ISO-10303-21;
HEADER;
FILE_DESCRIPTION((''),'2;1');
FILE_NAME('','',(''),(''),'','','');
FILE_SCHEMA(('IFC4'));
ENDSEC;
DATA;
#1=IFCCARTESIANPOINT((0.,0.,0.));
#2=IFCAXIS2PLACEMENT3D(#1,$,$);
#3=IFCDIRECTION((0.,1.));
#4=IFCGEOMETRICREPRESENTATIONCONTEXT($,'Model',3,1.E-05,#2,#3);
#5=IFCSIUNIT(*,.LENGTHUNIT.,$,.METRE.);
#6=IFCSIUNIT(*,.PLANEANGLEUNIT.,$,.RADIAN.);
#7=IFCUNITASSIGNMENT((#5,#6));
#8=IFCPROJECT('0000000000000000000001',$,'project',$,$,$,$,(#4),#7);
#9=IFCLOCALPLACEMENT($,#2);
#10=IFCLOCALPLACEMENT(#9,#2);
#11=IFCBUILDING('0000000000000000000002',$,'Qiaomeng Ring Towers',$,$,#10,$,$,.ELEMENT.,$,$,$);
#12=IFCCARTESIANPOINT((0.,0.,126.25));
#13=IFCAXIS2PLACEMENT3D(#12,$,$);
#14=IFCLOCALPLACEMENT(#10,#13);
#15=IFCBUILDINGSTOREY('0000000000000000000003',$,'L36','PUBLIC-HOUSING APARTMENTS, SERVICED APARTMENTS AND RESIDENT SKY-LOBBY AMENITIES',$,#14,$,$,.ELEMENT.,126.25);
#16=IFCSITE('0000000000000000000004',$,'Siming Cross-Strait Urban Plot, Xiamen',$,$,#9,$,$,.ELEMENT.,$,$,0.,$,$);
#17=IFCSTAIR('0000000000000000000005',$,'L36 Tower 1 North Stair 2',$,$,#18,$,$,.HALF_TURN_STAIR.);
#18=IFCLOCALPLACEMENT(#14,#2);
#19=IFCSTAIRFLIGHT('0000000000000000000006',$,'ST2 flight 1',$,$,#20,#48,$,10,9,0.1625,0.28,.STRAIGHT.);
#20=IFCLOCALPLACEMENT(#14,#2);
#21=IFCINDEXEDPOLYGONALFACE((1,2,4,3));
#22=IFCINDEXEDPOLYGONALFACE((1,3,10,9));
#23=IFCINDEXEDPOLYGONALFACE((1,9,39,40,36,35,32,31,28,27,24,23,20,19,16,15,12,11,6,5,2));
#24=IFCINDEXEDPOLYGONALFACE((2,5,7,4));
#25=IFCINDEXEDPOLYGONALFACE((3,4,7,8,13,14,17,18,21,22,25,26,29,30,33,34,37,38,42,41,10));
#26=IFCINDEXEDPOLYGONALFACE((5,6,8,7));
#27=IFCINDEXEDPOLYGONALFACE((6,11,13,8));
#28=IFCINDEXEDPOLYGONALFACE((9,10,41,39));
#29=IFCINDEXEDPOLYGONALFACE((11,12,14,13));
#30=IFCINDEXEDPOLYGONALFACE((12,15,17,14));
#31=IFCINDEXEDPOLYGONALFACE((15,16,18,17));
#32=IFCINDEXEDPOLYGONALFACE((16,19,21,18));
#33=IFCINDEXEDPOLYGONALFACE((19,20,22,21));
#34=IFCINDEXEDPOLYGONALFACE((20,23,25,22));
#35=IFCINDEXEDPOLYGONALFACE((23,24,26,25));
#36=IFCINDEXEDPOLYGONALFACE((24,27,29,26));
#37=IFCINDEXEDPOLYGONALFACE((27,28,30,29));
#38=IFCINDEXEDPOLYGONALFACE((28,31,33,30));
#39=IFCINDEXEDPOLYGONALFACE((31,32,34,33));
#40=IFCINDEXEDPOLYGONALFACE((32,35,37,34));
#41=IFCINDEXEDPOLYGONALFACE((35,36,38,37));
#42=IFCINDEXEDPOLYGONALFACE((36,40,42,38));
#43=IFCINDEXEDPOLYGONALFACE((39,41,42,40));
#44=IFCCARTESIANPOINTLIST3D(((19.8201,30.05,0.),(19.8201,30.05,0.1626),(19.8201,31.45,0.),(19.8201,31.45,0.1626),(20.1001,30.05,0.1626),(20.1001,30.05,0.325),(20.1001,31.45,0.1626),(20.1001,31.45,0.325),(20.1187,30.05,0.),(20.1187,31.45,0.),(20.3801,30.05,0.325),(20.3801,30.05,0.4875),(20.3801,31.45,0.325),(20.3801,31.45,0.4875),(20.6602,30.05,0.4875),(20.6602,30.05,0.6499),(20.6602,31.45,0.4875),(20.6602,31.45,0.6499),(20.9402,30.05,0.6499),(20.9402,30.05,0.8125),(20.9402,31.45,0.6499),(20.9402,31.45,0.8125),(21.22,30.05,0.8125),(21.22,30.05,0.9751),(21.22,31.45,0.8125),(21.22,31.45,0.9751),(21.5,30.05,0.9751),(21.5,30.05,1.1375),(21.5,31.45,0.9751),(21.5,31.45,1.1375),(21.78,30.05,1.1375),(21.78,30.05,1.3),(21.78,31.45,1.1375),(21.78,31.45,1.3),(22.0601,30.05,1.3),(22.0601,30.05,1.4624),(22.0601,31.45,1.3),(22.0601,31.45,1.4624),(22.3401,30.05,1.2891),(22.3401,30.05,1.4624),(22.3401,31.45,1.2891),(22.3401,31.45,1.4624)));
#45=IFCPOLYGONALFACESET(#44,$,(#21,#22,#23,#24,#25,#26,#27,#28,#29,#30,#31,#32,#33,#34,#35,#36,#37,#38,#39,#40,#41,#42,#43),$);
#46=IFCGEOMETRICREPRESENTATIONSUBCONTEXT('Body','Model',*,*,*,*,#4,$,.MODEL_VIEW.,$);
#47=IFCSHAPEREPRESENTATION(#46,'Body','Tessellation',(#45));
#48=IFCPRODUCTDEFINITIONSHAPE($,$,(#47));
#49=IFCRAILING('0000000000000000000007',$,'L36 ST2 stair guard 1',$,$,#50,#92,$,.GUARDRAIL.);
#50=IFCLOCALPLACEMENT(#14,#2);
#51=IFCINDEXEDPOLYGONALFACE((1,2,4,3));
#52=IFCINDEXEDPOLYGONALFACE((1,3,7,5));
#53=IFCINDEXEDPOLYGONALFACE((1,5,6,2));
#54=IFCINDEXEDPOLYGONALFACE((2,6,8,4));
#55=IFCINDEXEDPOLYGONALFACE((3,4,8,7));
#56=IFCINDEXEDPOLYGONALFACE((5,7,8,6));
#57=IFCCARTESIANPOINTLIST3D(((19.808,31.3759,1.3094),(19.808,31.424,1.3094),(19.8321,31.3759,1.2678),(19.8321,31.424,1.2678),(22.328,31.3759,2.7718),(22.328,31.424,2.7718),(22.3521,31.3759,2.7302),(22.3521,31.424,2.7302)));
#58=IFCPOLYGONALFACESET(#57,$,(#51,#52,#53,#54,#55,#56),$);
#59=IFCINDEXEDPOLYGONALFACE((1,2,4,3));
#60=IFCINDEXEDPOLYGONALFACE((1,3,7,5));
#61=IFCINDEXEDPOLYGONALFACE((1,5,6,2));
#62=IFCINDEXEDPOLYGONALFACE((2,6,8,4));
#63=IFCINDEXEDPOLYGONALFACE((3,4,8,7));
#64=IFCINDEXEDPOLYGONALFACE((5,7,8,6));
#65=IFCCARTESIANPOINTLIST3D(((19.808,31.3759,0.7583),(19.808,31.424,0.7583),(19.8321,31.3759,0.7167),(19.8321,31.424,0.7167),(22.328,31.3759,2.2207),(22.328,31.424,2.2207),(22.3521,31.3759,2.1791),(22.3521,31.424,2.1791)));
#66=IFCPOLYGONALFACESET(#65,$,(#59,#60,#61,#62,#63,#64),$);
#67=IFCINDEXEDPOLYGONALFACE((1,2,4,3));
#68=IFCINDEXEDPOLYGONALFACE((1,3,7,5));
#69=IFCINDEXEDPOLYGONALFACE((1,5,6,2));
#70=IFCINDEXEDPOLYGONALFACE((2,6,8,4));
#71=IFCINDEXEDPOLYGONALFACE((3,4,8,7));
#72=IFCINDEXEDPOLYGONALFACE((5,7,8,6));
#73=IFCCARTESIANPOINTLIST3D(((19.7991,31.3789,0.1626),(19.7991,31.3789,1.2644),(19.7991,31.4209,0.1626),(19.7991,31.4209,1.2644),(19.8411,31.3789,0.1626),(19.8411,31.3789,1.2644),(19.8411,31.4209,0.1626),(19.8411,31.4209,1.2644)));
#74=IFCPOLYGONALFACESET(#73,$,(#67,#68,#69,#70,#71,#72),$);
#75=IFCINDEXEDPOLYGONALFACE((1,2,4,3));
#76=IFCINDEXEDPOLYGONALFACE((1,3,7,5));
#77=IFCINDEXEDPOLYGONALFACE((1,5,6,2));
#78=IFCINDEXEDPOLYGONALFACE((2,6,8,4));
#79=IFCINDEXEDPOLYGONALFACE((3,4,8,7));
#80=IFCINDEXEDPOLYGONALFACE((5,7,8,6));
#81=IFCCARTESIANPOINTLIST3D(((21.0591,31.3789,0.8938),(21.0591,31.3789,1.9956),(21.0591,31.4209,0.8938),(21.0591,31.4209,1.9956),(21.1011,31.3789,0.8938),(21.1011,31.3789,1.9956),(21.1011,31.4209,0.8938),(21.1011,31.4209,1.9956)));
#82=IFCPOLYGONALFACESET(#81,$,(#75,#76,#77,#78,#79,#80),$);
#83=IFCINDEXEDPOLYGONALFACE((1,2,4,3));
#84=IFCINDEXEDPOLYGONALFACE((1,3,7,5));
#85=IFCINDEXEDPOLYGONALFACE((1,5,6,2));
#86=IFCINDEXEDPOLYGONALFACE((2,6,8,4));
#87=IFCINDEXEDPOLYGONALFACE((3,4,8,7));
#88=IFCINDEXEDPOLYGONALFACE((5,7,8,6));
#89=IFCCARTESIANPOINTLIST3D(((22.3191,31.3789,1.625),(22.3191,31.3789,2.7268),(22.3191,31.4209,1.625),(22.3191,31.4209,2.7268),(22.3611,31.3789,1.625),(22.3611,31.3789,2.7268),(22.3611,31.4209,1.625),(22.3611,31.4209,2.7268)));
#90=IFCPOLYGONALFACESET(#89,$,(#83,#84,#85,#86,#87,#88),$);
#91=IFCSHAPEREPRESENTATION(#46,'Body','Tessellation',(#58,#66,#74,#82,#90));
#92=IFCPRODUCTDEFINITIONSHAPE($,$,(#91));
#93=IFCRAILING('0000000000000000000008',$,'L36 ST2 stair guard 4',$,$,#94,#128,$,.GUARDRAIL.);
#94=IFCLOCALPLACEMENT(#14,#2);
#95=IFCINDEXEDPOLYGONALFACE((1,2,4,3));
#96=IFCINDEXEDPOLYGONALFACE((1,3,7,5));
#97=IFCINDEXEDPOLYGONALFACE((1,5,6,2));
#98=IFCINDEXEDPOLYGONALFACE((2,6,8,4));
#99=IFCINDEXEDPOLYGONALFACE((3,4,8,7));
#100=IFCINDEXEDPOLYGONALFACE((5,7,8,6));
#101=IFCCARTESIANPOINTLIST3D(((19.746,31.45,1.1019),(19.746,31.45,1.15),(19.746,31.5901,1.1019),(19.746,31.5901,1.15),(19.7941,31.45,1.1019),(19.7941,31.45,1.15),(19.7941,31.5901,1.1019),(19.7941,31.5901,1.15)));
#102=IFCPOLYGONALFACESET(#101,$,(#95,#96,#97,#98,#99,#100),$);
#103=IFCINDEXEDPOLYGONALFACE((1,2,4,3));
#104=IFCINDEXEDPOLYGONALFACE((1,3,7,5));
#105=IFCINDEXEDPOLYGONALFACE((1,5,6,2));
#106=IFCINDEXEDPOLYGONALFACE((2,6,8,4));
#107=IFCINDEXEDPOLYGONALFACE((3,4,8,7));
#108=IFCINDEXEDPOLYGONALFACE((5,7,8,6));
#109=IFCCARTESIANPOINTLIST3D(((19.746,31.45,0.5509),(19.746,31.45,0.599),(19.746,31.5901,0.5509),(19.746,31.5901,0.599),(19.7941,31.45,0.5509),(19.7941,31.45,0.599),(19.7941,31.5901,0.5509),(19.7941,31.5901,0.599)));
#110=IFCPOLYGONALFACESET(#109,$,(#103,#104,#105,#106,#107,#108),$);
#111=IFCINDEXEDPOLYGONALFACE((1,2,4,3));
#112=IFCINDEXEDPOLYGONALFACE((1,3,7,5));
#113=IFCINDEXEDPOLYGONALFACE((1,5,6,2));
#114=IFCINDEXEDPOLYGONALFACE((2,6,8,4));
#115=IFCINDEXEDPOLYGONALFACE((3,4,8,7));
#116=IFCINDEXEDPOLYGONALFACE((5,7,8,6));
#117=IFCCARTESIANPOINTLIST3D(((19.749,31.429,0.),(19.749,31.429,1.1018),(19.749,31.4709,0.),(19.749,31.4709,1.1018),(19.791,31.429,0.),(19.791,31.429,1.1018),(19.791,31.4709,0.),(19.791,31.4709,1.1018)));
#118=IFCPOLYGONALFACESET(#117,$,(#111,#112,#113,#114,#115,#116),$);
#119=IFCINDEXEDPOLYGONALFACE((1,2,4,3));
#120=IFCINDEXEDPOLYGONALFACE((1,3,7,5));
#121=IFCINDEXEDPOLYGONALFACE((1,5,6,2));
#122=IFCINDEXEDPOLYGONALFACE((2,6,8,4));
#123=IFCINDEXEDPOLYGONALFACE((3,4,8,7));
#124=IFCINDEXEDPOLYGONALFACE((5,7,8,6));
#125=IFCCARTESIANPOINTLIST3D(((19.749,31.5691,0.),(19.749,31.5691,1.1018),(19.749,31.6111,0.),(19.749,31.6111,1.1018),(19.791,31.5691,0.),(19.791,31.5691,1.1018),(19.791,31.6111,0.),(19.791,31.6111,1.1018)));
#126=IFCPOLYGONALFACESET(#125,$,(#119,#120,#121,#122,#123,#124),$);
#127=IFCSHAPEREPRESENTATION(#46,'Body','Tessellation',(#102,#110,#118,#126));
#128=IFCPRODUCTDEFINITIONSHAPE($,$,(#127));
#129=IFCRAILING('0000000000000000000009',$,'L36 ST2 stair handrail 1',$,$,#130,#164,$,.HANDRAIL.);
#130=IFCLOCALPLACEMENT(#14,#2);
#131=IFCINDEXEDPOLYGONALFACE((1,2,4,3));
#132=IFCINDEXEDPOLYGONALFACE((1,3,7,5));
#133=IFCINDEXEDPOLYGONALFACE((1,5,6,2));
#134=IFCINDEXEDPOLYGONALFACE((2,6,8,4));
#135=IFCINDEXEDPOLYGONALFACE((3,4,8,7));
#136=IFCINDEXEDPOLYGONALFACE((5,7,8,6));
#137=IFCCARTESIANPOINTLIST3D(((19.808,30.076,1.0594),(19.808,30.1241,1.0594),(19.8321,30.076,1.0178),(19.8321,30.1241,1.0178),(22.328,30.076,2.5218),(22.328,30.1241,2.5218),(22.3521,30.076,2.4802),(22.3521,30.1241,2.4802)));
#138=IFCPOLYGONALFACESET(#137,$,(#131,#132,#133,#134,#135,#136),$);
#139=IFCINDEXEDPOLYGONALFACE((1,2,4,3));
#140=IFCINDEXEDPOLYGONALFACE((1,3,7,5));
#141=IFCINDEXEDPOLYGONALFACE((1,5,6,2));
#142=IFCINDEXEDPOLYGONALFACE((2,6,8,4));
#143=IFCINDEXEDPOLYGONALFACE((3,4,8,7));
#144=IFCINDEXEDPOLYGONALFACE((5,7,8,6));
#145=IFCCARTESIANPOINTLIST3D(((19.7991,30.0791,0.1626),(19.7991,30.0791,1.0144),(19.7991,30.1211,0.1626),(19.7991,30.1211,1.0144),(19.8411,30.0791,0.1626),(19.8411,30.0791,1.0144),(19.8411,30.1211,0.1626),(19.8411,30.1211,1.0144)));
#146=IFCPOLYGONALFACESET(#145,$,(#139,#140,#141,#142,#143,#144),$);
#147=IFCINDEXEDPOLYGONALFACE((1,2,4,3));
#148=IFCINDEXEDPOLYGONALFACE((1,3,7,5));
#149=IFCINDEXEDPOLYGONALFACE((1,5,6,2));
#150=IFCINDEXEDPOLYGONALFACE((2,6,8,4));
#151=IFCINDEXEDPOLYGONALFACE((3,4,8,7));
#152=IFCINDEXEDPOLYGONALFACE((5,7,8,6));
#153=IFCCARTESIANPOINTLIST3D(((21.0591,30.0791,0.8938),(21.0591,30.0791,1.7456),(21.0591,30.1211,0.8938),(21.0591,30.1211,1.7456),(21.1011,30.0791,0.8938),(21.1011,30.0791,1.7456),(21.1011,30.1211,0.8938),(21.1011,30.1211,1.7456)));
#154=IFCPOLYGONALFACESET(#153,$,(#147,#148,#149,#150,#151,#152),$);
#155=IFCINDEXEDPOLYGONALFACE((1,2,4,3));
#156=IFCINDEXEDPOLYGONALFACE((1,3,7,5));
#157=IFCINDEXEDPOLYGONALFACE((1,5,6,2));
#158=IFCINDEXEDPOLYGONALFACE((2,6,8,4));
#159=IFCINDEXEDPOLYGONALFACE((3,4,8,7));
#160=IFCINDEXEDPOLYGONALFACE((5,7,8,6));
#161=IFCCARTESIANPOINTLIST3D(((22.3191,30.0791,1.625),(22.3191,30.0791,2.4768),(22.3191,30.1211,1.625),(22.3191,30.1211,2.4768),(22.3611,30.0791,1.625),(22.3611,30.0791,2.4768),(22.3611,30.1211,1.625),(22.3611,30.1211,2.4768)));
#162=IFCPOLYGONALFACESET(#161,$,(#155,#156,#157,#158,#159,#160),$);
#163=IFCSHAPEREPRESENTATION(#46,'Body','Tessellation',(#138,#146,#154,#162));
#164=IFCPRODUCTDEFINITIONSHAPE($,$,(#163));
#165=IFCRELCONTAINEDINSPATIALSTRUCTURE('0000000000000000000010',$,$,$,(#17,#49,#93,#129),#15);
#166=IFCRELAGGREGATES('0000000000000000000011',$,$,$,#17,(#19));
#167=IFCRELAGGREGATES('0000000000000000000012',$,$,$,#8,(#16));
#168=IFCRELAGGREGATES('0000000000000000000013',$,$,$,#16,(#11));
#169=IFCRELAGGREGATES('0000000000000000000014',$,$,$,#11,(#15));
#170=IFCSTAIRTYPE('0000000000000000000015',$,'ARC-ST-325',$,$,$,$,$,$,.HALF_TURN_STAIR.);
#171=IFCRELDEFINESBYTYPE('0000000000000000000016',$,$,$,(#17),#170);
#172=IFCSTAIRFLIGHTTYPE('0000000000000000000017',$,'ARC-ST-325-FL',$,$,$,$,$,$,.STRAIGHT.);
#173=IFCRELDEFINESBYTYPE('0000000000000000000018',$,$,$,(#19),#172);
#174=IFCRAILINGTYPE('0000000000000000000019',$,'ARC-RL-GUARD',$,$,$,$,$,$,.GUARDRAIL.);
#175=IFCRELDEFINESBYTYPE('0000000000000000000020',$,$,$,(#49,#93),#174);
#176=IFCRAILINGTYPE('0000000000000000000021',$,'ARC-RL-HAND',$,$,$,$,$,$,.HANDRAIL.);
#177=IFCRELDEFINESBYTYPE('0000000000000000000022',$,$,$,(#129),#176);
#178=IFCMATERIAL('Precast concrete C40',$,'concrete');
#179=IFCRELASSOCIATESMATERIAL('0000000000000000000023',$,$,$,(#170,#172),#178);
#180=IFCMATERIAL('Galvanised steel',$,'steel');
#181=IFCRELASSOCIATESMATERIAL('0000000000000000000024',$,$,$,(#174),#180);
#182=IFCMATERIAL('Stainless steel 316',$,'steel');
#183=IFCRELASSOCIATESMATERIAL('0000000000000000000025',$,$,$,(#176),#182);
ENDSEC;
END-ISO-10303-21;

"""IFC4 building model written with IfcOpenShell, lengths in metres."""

from ifc_helpers import new_model, si_unit, direction, frame, origin, origin_2d, place, context, subcontext, project, spatial, polyline, rectangle, outline, extrude, source, transform, mapped, material, type_object, element, aggregate, save


model = new_model("IFC4")

# Units and contexts
model_context = context("Model", 3, precision=1e-05, world=origin(), true_north=direction((0.0, 1.0)))
body_context = subcontext(model_context, "Body", "Model", "MODEL_VIEW")
ifc_project = project(units=[si_unit("LENGTHUNIT", "METRE"), si_unit("PLANEANGLEUNIT", "RADIAN")], contexts=[model_context])

# Site, building, storey
site_placement = place(None, origin())
site = spatial("IfcSite", under=ifc_project, at=site_placement, Name="Siming Cross-Strait Urban Plot, Xiamen", CompositionType="ELEMENT", RefElevation=0.0)
building_placement = place(site_placement, origin())
building = spatial("IfcBuilding", under=site, at=building_placement, Name="Qiaomeng Ring Towers", CompositionType="ELEMENT")
storey_placement = place(building_placement, frame((0.0, 0.0, 126.25)))
storey = spatial("IfcBuildingStorey", under=building, at=storey_placement, Name="L36", Description="PUBLIC-HOUSING APARTMENTS, SERVICED APARTMENTS AND RESIDENT SKY-LOBBY AMENITIES", CompositionType="ELEMENT", Elevation=126.25)

# Stair, stair flight
ifc_material_1 = material(Name="Precast concrete C40", Category="concrete")
stair_type = type_object("IfcStairType", Name="ARC-ST-325", PredefinedType="HALF_TURN_STAIR", material=ifc_material_1)
stair_placement = place(storey_placement, origin())
stair = element("IfcStair", 1, at=stair_placement, inside=storey, type_object=stair_type, Name="L36 Tower 1 North Stair 2", PredefinedType="HALF_TURN_STAIR")
stair_flight_type = type_object("IfcStairFlightType", Name="ARC-ST-325-FL", PredefinedType="STRAIGHT", material=ifc_material_1)
shared_shape_1 = source(origin(), body_context, "Body", "SweptSolid", [
    extrude(outline(polyline([(0.0, 0.0), (0.0, 0.1626), (0.28, 0.1626), (0.28, 0.325), (0.5601, 0.325), (0.5601, 0.4875), (0.8401, 0.4875), (0.8401, 0.6499), (1.1201, 0.6499), (1.1201, 0.8125), (1.3999, 0.8125), (1.3999, 0.9751), (1.6799, 0.9751), (1.6799, 1.1375), (1.96, 1.1375), (1.96, 1.3), (2.24, 1.3), (2.24, 1.4624), (2.52, 1.4624), (2.52, 1.625), (2.52, 1.2891), (0.2986, 0.0), (0.0, 0.0)])), frame((0.0, 0.7, 0.0), z_axis=(0.0, -1.0, 0.0), x_axis=(1.0, 0.0, 0.0)), (0.0, 0.0, 1.0), 1.3999),
])
stair_flight_placement = place(storey_placement, frame((19.8201, 30.75, 0.0), z_axis=(0.0, 0.0, 1.0), x_axis=(1.0, 0.0, 0.0)))
stair_flight = element("IfcStairFlight", 2, at=stair_flight_placement, type_object=stair_flight_type, Name="ST2 flight 1", NumberOfRisers=10, NumberOfTreads=9, PredefinedType="STRAIGHT", RiserHeight=0.1625, TreadLength=0.28, context=body_context, shape_type="MappedRepresentation", body=[
    mapped(shared_shape_1, transform((0.0, 0.0, 0.0), x_axis=(1.0, 0.0, 0.0), y_axis=(0.0, 1.0, 0.0), z_axis=(0.0, 0.0, 1.0), scale=1.0)),
])
aggregate(stair, [stair_flight])

# Railings
ifc_material_2 = material(Name="Galvanised steel", Category="steel")
railing_type_1 = type_object("IfcRailingType", Name="ARC-RL-GUARD", PredefinedType="GUARDRAIL", material=ifc_material_2)
railing_1_placement = place(storey_placement, frame((19.8201, 31.3999, 0.1626)))
element("IfcRailing", 3, at=railing_1_placement, inside=storey, type_object=railing_type_1, Name="L36 ST2 stair guard 1", PredefinedType="GUARDRAIL", context=body_context, shape_type="SweptSolid", body=[
    extrude(rectangle(XDim=0.0481, YDim=0.0481, at=origin_2d()), frame((0.0, 0.0, 1.126), z_axis=(0.864913, 0.0, 0.501921), x_axis=(0.0, 1.0, 0.0)), (0.0, 0.0, 1.0), 2.9136),
    extrude(rectangle(XDim=0.0481, YDim=0.0481, at=origin_2d()), frame((0.0, 0.0, 0.575), z_axis=(0.864913, 0.0, 0.501921), x_axis=(0.0, 1.0, 0.0)), (0.0, 0.0, 1.0), 2.9136),
    extrude(rectangle(XDim=0.042, YDim=0.042, at=origin_2d()), origin(), (0.0, 0.0, 1.0), 1.1018),
    extrude(rectangle(XDim=0.042, YDim=0.042, at=origin_2d()), frame((1.26, 0.0, 0.7312)), (0.0, 0.0, 1.0), 1.1018),
    extrude(rectangle(XDim=0.042, YDim=0.042, at=origin_2d()), frame((2.52, 0.0, 1.4624)), (0.0, 0.0, 1.0), 1.1018),
])
railing_2_placement = place(storey_placement, frame((19.77, 31.45, 0.0)))
element("IfcRailing", 4, at=railing_2_placement, inside=storey, type_object=railing_type_1, Name="L36 ST2 stair guard 4", PredefinedType="GUARDRAIL", context=body_context, shape_type="SweptSolid", body=[
    extrude(rectangle(XDim=0.0481, YDim=0.0481, at=origin_2d()), frame((0.0, 0.0, 1.126), z_axis=(0.0, 1.0, 0.0), x_axis=(-1.0, 0.0, 0.0)), (0.0, 0.0, 1.0), 0.1401),
    extrude(rectangle(XDim=0.0481, YDim=0.0481, at=origin_2d()), frame((0.0, 0.0, 0.575), z_axis=(0.0, 1.0, 0.0), x_axis=(-1.0, 0.0, 0.0)), (0.0, 0.0, 1.0), 0.1401),
    extrude(rectangle(XDim=0.042, YDim=0.042, at=origin_2d()), origin(), (0.0, 0.0, 1.0), 1.1018),
    extrude(rectangle(XDim=0.042, YDim=0.042, at=origin_2d()), frame((0.0, 0.1401, 0.0)), (0.0, 0.0, 1.0), 1.1018),
])
ifc_material_3 = material(Name="Stainless steel 316", Category="steel")
railing_type_2 = type_object("IfcRailingType", Name="ARC-RL-HAND", PredefinedType="HANDRAIL", material=ifc_material_3)
railing_3_placement = place(storey_placement, frame((19.8201, 30.1001, 0.1626)))
element("IfcRailing", 5, at=railing_3_placement, inside=storey, type_object=railing_type_2, Name="L36 ST2 stair handrail 1", PredefinedType="HANDRAIL", context=body_context, shape_type="SweptSolid", body=[
    extrude(rectangle(XDim=0.0481, YDim=0.0481, at=origin_2d()), frame((0.0, 0.0, 0.876), z_axis=(0.864913, 0.0, 0.501921), x_axis=(0.0, 1.0, 0.0)), (0.0, 0.0, 1.0), 2.9136),
    extrude(rectangle(XDim=0.042, YDim=0.042, at=origin_2d()), origin(), (0.0, 0.0, 1.0), 0.8518),
    extrude(rectangle(XDim=0.042, YDim=0.042, at=origin_2d()), frame((1.26, 0.0, 0.7312)), (0.0, 0.0, 1.0), 0.8518),
    extrude(rectangle(XDim=0.042, YDim=0.042, at=origin_2d()), frame((2.52, 0.0, 1.4624)), (0.0, 0.0, 1.0), 0.8518),
])

save(model, "model.ifc")
